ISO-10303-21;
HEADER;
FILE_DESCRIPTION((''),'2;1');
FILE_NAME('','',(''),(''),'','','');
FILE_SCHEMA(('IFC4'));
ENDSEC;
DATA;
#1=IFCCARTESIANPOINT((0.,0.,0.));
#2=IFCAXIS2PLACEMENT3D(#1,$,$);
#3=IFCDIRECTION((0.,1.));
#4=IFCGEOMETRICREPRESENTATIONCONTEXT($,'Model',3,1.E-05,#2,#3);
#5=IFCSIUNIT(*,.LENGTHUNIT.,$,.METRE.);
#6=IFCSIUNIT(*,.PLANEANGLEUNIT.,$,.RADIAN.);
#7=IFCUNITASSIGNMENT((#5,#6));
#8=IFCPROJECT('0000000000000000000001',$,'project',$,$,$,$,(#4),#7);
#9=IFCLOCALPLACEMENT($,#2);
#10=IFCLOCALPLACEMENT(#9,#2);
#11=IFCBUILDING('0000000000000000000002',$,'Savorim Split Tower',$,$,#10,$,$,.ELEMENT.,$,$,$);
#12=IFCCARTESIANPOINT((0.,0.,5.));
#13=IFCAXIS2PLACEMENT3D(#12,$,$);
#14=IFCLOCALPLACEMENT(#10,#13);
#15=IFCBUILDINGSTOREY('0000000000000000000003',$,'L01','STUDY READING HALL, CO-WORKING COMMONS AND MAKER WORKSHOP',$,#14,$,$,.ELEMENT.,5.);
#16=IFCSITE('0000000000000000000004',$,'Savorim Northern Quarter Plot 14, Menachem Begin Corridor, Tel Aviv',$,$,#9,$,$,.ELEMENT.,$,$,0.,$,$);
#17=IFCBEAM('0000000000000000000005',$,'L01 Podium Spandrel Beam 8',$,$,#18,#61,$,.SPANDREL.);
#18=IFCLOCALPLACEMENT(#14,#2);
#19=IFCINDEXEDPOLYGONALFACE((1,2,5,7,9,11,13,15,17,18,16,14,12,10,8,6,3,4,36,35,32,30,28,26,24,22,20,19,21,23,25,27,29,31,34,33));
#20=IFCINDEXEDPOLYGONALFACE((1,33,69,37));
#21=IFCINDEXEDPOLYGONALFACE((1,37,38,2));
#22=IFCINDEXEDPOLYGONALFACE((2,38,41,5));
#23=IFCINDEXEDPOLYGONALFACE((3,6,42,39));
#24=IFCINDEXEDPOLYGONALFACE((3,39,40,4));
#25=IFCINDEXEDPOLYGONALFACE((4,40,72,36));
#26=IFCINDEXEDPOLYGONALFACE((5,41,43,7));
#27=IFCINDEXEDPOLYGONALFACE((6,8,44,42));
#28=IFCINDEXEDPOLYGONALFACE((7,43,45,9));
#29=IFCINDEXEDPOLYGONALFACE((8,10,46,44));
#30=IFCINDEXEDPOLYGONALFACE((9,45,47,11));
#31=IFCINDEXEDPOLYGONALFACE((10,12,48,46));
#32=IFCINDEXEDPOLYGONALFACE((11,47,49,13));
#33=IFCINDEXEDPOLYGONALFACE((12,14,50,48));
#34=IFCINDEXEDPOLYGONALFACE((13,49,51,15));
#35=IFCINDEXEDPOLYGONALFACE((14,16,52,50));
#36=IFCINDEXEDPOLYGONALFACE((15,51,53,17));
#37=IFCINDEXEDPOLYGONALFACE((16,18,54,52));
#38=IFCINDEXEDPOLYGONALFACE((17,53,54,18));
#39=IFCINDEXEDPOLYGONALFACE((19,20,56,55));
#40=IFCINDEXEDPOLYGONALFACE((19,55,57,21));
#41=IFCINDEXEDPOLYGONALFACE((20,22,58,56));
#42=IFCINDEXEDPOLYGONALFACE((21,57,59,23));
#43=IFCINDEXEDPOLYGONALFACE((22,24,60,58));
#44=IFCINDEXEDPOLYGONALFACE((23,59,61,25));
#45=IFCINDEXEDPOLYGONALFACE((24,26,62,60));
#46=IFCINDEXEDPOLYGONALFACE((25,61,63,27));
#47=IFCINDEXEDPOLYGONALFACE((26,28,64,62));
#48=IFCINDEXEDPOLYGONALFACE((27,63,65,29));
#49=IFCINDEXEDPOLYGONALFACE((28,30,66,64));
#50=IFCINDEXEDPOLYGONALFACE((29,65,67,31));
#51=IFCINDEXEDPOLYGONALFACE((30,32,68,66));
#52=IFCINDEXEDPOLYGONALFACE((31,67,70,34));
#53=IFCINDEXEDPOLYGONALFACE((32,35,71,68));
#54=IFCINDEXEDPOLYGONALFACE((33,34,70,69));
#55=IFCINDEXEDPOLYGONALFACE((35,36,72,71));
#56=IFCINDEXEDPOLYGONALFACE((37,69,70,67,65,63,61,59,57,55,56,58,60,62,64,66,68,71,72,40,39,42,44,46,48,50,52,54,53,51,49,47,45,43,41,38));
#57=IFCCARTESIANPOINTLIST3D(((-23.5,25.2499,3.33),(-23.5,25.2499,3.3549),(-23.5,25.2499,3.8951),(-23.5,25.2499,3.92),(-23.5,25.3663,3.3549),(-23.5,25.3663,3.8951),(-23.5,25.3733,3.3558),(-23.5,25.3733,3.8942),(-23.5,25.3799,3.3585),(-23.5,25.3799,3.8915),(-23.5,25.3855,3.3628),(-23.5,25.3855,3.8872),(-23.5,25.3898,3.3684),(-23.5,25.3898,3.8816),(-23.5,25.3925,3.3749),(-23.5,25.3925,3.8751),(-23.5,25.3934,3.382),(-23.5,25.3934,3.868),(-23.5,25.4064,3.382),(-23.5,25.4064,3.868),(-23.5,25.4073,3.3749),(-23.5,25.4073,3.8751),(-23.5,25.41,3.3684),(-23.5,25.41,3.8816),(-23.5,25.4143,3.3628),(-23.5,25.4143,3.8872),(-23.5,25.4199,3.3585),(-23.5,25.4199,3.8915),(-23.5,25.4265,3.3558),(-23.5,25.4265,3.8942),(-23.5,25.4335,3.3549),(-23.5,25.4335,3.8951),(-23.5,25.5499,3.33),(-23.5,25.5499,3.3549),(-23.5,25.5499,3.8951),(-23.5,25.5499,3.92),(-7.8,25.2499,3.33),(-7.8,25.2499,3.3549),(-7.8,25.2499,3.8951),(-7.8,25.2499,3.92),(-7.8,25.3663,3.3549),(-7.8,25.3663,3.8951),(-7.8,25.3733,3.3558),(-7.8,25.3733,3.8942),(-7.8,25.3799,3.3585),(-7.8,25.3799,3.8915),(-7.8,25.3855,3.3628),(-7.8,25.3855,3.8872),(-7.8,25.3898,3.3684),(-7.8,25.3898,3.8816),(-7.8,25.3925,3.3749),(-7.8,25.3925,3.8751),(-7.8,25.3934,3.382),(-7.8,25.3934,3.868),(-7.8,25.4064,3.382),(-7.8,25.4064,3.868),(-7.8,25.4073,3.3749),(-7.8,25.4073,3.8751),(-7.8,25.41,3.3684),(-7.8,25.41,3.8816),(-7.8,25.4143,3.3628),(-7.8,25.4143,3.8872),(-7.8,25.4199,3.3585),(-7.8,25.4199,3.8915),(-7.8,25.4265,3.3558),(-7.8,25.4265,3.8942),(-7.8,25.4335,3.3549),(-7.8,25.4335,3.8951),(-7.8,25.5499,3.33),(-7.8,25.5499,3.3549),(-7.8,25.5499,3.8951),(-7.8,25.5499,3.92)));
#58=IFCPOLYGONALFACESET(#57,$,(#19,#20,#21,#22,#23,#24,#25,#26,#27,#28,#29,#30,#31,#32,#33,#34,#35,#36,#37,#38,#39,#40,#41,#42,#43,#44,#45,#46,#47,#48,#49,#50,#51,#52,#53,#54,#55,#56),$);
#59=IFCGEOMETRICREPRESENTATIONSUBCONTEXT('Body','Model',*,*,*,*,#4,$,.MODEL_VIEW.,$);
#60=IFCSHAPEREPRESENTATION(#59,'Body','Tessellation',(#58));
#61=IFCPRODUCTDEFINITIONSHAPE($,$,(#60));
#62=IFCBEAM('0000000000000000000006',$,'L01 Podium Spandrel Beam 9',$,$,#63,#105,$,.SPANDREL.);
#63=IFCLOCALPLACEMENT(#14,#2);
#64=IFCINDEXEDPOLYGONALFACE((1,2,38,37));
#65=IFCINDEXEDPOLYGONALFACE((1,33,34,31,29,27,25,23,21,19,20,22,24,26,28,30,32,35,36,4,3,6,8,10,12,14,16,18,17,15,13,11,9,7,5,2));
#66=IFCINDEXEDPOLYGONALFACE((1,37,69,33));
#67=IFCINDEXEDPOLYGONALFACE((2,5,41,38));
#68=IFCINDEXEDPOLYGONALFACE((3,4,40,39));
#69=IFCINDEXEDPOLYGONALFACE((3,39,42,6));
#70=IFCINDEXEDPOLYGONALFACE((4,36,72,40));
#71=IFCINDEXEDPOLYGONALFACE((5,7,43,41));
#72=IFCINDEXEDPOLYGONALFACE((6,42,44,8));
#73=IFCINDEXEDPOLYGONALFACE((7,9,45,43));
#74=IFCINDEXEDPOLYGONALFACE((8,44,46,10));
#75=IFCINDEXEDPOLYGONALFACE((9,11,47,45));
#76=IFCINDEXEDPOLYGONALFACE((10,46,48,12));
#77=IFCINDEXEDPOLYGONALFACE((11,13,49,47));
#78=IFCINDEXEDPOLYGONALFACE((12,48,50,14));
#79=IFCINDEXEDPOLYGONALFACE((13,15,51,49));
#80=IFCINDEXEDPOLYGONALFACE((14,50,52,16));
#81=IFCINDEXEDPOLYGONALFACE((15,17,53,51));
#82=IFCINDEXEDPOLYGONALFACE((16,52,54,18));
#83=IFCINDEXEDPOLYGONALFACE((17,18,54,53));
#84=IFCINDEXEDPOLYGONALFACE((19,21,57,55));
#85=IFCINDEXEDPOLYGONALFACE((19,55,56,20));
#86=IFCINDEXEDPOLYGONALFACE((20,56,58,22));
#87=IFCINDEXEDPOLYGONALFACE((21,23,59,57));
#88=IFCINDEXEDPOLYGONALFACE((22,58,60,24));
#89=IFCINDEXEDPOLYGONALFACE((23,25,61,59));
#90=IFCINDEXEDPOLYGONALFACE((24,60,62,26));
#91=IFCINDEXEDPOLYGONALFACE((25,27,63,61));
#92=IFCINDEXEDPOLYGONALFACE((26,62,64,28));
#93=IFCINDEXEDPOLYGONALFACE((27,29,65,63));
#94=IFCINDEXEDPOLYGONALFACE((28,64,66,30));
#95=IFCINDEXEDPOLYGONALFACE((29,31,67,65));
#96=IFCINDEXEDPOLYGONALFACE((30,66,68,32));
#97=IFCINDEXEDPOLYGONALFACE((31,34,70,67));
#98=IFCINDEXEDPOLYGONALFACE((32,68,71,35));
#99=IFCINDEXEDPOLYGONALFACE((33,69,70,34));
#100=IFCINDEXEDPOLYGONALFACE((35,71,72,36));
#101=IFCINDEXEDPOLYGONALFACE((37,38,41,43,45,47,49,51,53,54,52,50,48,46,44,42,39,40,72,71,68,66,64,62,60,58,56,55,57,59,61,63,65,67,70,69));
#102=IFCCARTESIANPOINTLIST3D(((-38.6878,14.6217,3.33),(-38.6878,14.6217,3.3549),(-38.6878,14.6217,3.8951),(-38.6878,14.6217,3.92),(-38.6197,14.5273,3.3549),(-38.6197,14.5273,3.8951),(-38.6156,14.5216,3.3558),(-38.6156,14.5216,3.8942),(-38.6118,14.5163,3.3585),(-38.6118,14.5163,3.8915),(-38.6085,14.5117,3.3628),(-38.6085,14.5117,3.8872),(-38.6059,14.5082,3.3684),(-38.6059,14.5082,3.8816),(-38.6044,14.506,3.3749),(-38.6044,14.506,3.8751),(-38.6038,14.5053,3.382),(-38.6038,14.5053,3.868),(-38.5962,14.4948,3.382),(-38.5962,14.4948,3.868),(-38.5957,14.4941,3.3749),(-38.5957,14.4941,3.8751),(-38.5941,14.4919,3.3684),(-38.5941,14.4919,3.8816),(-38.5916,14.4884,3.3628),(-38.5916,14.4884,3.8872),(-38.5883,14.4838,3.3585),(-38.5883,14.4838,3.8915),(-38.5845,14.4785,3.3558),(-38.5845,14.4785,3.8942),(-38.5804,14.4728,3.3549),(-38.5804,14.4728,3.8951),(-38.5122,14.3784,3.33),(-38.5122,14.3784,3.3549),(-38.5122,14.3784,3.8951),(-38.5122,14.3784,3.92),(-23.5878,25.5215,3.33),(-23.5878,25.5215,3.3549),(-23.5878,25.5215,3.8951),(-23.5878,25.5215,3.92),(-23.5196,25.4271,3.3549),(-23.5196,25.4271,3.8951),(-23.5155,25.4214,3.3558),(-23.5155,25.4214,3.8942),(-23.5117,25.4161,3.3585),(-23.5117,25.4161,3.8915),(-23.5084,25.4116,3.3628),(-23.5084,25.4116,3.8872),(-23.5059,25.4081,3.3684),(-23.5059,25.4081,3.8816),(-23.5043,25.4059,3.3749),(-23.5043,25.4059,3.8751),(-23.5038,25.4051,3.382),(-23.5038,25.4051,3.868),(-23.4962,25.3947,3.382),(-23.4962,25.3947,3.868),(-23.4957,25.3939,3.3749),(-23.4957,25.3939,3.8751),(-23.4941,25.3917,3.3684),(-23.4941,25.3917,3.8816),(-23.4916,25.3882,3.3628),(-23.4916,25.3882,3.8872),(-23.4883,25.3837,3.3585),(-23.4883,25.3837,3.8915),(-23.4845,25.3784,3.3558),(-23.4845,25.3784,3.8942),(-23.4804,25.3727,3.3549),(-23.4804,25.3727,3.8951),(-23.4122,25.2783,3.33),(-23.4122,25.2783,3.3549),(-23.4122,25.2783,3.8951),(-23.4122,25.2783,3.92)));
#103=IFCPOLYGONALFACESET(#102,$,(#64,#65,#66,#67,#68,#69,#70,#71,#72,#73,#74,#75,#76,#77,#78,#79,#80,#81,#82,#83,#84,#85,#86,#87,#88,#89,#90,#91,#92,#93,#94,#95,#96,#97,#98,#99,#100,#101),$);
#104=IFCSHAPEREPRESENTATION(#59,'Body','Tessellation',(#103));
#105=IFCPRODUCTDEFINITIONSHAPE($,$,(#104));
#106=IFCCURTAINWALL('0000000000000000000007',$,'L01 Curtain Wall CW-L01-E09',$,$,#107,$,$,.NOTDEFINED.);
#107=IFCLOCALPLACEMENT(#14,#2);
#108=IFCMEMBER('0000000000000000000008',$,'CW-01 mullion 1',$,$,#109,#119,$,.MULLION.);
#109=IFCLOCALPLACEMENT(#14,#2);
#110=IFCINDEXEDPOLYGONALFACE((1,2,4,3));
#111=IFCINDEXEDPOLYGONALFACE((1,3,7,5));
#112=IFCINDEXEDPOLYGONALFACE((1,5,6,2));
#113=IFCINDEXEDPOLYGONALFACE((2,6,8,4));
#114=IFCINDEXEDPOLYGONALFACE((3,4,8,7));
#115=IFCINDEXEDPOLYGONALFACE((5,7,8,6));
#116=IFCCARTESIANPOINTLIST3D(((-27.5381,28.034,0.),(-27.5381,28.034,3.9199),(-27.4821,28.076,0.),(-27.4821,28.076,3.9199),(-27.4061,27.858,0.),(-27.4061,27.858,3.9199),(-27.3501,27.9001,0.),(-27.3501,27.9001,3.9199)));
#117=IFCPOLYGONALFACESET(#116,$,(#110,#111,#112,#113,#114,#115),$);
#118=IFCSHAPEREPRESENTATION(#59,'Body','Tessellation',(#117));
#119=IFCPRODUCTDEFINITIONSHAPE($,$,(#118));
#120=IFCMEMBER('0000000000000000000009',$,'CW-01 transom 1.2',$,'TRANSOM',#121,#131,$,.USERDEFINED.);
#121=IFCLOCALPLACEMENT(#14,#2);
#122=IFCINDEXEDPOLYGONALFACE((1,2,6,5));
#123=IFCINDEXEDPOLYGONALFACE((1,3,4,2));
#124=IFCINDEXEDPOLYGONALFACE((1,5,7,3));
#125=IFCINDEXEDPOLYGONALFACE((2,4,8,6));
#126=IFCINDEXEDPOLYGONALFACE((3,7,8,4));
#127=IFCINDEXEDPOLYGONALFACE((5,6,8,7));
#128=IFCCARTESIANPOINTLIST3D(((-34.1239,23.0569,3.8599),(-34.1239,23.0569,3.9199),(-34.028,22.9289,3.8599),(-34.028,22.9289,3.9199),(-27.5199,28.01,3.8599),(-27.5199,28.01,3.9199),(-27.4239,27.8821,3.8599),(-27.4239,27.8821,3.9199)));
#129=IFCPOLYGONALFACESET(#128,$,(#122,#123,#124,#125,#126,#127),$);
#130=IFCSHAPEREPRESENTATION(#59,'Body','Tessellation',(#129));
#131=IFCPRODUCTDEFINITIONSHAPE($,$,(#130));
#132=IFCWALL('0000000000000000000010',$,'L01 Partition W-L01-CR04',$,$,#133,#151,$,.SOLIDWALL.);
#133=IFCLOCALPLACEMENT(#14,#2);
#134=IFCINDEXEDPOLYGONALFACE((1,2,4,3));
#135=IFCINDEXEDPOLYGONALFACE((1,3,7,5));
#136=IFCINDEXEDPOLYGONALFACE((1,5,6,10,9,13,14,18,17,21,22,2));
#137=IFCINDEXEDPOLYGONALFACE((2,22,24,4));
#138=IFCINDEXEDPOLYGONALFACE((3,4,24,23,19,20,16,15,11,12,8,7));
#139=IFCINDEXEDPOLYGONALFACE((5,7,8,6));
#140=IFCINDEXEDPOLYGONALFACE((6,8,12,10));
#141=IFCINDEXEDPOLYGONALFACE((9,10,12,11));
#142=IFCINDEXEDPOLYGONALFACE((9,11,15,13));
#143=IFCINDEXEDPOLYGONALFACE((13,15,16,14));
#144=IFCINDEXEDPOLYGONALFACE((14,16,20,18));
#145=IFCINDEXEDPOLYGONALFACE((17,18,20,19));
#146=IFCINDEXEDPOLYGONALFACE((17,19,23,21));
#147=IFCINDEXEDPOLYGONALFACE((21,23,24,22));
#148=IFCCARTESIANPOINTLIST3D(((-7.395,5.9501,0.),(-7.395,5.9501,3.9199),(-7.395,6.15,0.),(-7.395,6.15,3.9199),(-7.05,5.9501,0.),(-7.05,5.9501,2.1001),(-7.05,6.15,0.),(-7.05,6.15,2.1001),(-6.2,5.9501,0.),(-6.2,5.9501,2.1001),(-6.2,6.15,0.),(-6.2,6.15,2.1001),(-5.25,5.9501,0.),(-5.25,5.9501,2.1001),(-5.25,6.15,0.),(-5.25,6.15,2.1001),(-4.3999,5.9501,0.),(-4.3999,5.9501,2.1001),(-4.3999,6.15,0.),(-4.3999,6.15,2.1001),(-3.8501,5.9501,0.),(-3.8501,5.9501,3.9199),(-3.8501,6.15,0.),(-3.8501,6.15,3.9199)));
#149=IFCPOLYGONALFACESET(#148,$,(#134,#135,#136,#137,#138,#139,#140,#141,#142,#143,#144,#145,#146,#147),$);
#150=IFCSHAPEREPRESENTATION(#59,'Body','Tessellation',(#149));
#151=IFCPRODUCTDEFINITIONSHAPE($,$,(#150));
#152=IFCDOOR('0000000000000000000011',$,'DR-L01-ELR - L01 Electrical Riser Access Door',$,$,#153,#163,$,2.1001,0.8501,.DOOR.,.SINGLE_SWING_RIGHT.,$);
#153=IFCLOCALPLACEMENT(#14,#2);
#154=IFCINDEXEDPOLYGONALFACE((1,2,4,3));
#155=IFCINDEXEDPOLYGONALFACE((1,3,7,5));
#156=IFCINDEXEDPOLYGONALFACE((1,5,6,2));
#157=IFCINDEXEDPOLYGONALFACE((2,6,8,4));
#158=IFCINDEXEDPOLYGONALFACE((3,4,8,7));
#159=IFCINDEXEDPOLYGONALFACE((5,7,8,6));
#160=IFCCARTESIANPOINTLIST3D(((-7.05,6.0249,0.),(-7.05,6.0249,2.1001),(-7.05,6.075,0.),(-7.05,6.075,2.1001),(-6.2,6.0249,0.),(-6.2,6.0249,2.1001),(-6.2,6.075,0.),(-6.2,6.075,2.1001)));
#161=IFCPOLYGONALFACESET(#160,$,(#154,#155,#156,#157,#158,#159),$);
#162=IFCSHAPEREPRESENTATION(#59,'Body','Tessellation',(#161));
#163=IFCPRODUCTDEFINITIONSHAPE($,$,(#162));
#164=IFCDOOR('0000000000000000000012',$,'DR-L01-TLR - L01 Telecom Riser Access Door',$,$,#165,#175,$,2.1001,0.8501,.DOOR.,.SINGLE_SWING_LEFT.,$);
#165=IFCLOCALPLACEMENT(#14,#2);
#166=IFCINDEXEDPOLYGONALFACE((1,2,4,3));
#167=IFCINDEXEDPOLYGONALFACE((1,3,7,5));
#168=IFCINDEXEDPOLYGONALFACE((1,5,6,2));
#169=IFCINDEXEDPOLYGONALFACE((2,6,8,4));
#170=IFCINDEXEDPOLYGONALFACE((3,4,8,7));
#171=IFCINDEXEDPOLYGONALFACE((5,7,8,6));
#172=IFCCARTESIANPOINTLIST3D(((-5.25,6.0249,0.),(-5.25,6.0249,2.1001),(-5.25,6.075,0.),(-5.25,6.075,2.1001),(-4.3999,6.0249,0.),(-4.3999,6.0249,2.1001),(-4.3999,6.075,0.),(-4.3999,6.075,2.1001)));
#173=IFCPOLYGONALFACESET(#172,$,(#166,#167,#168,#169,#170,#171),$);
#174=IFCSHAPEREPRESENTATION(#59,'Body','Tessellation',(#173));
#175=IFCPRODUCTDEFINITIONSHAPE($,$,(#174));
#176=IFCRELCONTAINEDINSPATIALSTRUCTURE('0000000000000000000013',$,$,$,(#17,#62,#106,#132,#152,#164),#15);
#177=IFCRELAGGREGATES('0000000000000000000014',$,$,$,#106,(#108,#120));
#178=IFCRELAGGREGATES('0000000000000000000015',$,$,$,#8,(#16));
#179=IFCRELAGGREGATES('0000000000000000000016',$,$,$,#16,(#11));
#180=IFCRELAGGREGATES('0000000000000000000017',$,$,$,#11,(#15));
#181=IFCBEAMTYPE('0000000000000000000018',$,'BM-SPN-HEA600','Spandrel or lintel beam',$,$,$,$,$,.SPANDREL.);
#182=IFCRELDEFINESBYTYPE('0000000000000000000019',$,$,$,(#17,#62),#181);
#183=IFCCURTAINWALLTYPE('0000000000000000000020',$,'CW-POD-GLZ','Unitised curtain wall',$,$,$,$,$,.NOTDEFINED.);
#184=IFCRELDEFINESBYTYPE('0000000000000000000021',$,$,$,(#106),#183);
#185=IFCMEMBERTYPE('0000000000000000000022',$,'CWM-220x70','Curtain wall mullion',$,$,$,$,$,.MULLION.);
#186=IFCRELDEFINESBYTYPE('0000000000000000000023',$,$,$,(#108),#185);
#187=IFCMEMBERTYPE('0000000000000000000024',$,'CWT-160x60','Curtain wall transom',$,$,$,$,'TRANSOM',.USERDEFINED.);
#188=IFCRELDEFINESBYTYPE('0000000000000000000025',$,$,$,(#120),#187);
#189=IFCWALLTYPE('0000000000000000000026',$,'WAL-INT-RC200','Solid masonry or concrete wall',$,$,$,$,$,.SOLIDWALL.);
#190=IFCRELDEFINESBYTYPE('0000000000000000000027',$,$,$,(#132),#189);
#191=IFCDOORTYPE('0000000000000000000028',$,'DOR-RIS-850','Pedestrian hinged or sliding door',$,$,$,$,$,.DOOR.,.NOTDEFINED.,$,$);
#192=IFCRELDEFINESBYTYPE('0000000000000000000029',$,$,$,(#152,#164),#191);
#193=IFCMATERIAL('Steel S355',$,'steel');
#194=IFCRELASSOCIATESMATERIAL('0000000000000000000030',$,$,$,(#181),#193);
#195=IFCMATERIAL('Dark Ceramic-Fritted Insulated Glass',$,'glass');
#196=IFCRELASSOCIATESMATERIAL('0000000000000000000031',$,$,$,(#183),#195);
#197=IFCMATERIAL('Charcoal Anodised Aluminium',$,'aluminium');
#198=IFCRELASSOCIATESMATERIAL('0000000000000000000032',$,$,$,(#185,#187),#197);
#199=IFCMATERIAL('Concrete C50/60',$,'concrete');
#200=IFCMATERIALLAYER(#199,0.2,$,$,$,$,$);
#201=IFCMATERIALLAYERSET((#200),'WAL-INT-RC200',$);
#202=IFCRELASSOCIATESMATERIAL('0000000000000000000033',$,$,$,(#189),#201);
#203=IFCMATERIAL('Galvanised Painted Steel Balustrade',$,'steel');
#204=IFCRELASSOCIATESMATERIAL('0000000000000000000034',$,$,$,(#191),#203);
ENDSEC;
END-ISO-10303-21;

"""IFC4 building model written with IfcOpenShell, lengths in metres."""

from ifc_helpers import new_model, si_unit, direction, frame, frame_2d, origin, origin_2d, place, context, subcontext, project, spatial, rectangle, i_section, extrude, material, layer, layer_set, material_profile, profile_set, type_object, element, fill, aggregate, save


model = new_model("IFC4")

# Units and contexts
model_context = context("Model", 3, precision=1e-05, world=origin(), true_north=direction((0.0, 1.0)))
body_context = subcontext(model_context, "Body", "Model", "MODEL_VIEW")
ifc_project = project(units=[si_unit("LENGTHUNIT", "METRE"), si_unit("PLANEANGLEUNIT", "RADIAN")], contexts=[model_context])

# Site, building, storey
site_placement = place(None, origin())
site = spatial("IfcSite", under=ifc_project, at=site_placement, Name="Savorim Northern Quarter Plot 14, Menachem Begin Corridor, Tel Aviv", CompositionType="ELEMENT", RefElevation=0.0)
building_placement = place(site_placement, origin())
building = spatial("IfcBuilding", under=site, at=building_placement, Name="Savorim Split Tower", CompositionType="ELEMENT")
storey_placement = place(building_placement, frame((0.0, 0.0, 5.0)))
storey = spatial("IfcBuildingStorey", under=building, at=storey_placement, Name="L01", Description="STUDY READING HALL, CO-WORKING COMMONS AND MAKER WORKSHOP", CompositionType="ELEMENT", Elevation=5.0)

# Beams
ifc_material_1 = material(Name="Steel S355", Category="steel")
ifc_material_profile_1 = material_profile(ifc_material_1, i_section(OverallWidth=0.3, OverallDepth=0.5901, WebThickness=0.0129, FlangeThickness=0.0249, FilletRadius=0.0271, at=origin_2d()), Name="HEA 600")
ifc_profile_set_1 = profile_set([ifc_material_profile_1], Name="Steel S355")
beam_type_1 = type_object("IfcBeamType", Name="BM-SPN-HEA600", Description="Spandrel or lintel beam", PredefinedType="SPANDREL", material=ifc_profile_set_1)
beam_1_placement = place(storey_placement, frame((-7.8, 25.3999, 3.625), z_axis=(-1.0, 0.0, 0.0), x_axis=(0.0, -1.0, 0.0)))
element("IfcBeam", 1, at=beam_1_placement, inside=storey, type_object=beam_type_1, Name="L01 Podium Spandrel Beam 8", PredefinedType="SPANDREL", context=body_context, shape_type="SweptSolid", body=[
    extrude(i_section(OverallWidth=0.3, OverallDepth=0.5901, WebThickness=0.0129, FlangeThickness=0.0249, FilletRadius=0.0271, at=origin_2d()), origin(), (0.0, 0.0, 1.0), 15.7),
])
beam_2_placement = place(storey_placement, frame((-23.5, 25.3999, 3.625), z_axis=(-0.810825, -0.585289, 0.0), x_axis=(0.585289, -0.810825, 0.0)))
element("IfcBeam", 2, at=beam_2_placement, inside=storey, type_object=beam_type_1, Name="L01 Podium Spandrel Beam 9", PredefinedType="SPANDREL", context=body_context, shape_type="SweptSolid", body=[
    extrude(i_section(OverallWidth=0.3, OverallDepth=0.5901, WebThickness=0.0129, FlangeThickness=0.0249, FilletRadius=0.0271, at=origin_2d()), origin(), (0.0, 0.0, 1.0), 18.623),
])

# Curtain wall, members
ifc_material_2 = material(Name="Dark Ceramic-Fritted Insulated Glass", Category="glass")
curtain_wall_type = type_object("IfcCurtainWallType", Name="CW-POD-GLZ", Description="Unitised curtain wall", PredefinedType="NOTDEFINED", material=ifc_material_2)
curtain_wall_placement = place(storey_placement, origin())
curtain_wall = element("IfcCurtainWall", 3, at=curtain_wall_placement, inside=storey, type_object=curtain_wall_type, Name="L01 Curtain Wall CW-L01-E09", PredefinedType="NOTDEFINED")
ifc_material_3 = material(Name="Charcoal Anodised Aluminium", Category="aluminium")
ifc_material_profile_2 = material_profile(ifc_material_3, rectangle(XDim=0.22, YDim=0.0701, at=origin_2d()), Name="ALU-M 220x70")
ifc_profile_set_2 = profile_set([ifc_material_profile_2], Name="Charcoal Anodised Aluminium")
member_type_1 = type_object("IfcMemberType", Name="CWM-220x70", Description="Curtain wall mullion", PredefinedType="MULLION", material=ifc_profile_set_2)
member_1_placement = place(storey_placement, frame((-27.4441, 27.967, 0.0), z_axis=(0.0, 0.0, 1.0), x_axis=(0.6, -0.8, 0.0)))
member_1 = element("IfcMember", 4, at=member_1_placement, type_object=member_type_1, Name="CW-01 mullion 1", PredefinedType="MULLION", context=body_context, shape_type="SweptSolid", body=[
    extrude(rectangle(XDim=0.22, YDim=0.0701, at=origin_2d()), origin(), (0.0, 0.0, 1.0), 3.9199),
])
ifc_material_profile_3 = material_profile(ifc_material_3, rectangle(XDim=0.1599, YDim=0.0601, at=origin_2d()), Name="ALU-T 160x60")
ifc_profile_set_3 = profile_set([ifc_material_profile_3], Name="Charcoal Anodised Aluminium")
member_type_2 = type_object("IfcMemberType", Name="CWT-160x60", Description="Curtain wall transom", ElementType="TRANSOM", PredefinedType="USERDEFINED", material=ifc_profile_set_3)
member_2_placement = place(storey_placement, frame((-27.4719, 27.946, 3.8899), z_axis=(-0.799993, -0.600009, 0.0), x_axis=(0.600009, -0.799993, 0.0)))
member_2 = element("IfcMember", 5, at=member_2_placement, type_object=member_type_2, Name="CW-01 transom 1.2", ObjectType="TRANSOM", PredefinedType="USERDEFINED", context=body_context, shape_type="SweptSolid", body=[
    extrude(rectangle(XDim=0.1599, YDim=0.0601, at=origin_2d()), origin(), (0.0, 0.0, 1.0), 8.2551),
])
aggregate(curtain_wall, [member_1, member_2])

# Wall, openings, doors
ifc_material_4 = material(Name="Concrete C50/60", Category="concrete")
ifc_layer_1 = layer(ifc_material_4, 0.2)
ifc_layer_set_1 = layer_set([ifc_layer_1], Name="WAL-INT-RC200")
wall_type_1 = type_object("IfcWallType", Name="WAL-INT-RC200", Description="Solid masonry or concrete wall", PredefinedType="SOLIDWALL", material=ifc_layer_set_1)
wall_1_placement = place(storey_placement, frame((-7.395, 6.05, 0.0), z_axis=(0.0, 0.0, 1.0), x_axis=(1.0, 0.0, 0.0)))
wall_1 = element("IfcWall", 6, at=wall_1_placement, inside=storey, type_object=wall_type_1, Name="L01 Partition W-L01-CR04", PredefinedType="SOLIDWALL", context=body_context, shape_type="SweptSolid", body=[
    extrude(rectangle(XDim=3.5449, YDim=0.2, at=frame_2d((1.7725, 0.0))), origin(), (0.0, 0.0, 1.0), 3.9199),
])
opening_1_placement = place(wall_1_placement, frame((0.345, 0.0, 0.0)))
opening_1 = element("IfcOpeningElement", 7, at=opening_1_placement, cuts=wall_1, PredefinedType="OPENING", context=body_context, shape_type="SweptSolid", body=[
    extrude(rectangle(XDim=0.8501, YDim=2.1001, at=frame_2d((0.425, 1.05))), frame((0.0, 0.1099, 0.0), z_axis=(0.0, -1.0, 0.0), x_axis=(1.0, 0.0, 0.0)), (0.0, 0.0, 1.0), 0.22),
])
opening_2_placement = place(wall_1_placement, frame((2.145, 0.0, 0.0)))
opening_2 = element("IfcOpeningElement", 8, at=opening_2_placement, cuts=wall_1, PredefinedType="OPENING", context=body_context, shape_type="SweptSolid", body=[
    extrude(rectangle(XDim=0.8501, YDim=2.1001, at=frame_2d((0.425, 1.05))), frame((0.0, 0.1099, 0.0), z_axis=(0.0, -1.0, 0.0), x_axis=(1.0, 0.0, 0.0)), (0.0, 0.0, 1.0), 0.22),
])
ifc_material_5 = material(Name="Galvanised Painted Steel Balustrade", Category="steel")
door_type_1 = type_object("IfcDoorType", Name="DOR-RIS-850", Description="Pedestrian hinged or sliding door", OperationType="NOTDEFINED", PredefinedType="DOOR", material=ifc_material_5)
door_1_placement = place(opening_1_placement, origin())
door_1 = element("IfcDoor", 9, at=door_1_placement, inside=storey, type_object=door_type_1, Name="DR-L01-ELR - L01 Electrical Riser Access Door", OperationType="SINGLE_SWING_RIGHT", OverallHeight=2.1001, OverallWidth=0.8501, PredefinedType="DOOR", context=body_context, shape_type="SweptSolid", body=[
    extrude(rectangle(XDim=0.8501, YDim=2.1001, at=frame_2d((0.425, 1.05))), frame((0.0, 0.0249, 0.0), z_axis=(0.0, -1.0, 0.0), x_axis=(1.0, 0.0, 0.0)), (0.0, 0.0, 1.0), 0.05),
])
fill(opening_1, door_1)
door_2_placement = place(opening_2_placement, origin())
door_2 = element("IfcDoor", 10, at=door_2_placement, inside=storey, type_object=door_type_1, Name="DR-L01-TLR - L01 Telecom Riser Access Door", OperationType="SINGLE_SWING_LEFT", OverallHeight=2.1001, OverallWidth=0.8501, PredefinedType="DOOR", context=body_context, shape_type="SweptSolid", body=[
    extrude(rectangle(XDim=0.8501, YDim=2.1001, at=frame_2d((0.425, 1.05))), frame((0.0, 0.0249, 0.0), z_axis=(0.0, -1.0, 0.0), x_axis=(1.0, 0.0, 0.0)), (0.0, 0.0, 1.0), 0.05),
])
fill(opening_2, door_2)

save(model, "model.ifc")
